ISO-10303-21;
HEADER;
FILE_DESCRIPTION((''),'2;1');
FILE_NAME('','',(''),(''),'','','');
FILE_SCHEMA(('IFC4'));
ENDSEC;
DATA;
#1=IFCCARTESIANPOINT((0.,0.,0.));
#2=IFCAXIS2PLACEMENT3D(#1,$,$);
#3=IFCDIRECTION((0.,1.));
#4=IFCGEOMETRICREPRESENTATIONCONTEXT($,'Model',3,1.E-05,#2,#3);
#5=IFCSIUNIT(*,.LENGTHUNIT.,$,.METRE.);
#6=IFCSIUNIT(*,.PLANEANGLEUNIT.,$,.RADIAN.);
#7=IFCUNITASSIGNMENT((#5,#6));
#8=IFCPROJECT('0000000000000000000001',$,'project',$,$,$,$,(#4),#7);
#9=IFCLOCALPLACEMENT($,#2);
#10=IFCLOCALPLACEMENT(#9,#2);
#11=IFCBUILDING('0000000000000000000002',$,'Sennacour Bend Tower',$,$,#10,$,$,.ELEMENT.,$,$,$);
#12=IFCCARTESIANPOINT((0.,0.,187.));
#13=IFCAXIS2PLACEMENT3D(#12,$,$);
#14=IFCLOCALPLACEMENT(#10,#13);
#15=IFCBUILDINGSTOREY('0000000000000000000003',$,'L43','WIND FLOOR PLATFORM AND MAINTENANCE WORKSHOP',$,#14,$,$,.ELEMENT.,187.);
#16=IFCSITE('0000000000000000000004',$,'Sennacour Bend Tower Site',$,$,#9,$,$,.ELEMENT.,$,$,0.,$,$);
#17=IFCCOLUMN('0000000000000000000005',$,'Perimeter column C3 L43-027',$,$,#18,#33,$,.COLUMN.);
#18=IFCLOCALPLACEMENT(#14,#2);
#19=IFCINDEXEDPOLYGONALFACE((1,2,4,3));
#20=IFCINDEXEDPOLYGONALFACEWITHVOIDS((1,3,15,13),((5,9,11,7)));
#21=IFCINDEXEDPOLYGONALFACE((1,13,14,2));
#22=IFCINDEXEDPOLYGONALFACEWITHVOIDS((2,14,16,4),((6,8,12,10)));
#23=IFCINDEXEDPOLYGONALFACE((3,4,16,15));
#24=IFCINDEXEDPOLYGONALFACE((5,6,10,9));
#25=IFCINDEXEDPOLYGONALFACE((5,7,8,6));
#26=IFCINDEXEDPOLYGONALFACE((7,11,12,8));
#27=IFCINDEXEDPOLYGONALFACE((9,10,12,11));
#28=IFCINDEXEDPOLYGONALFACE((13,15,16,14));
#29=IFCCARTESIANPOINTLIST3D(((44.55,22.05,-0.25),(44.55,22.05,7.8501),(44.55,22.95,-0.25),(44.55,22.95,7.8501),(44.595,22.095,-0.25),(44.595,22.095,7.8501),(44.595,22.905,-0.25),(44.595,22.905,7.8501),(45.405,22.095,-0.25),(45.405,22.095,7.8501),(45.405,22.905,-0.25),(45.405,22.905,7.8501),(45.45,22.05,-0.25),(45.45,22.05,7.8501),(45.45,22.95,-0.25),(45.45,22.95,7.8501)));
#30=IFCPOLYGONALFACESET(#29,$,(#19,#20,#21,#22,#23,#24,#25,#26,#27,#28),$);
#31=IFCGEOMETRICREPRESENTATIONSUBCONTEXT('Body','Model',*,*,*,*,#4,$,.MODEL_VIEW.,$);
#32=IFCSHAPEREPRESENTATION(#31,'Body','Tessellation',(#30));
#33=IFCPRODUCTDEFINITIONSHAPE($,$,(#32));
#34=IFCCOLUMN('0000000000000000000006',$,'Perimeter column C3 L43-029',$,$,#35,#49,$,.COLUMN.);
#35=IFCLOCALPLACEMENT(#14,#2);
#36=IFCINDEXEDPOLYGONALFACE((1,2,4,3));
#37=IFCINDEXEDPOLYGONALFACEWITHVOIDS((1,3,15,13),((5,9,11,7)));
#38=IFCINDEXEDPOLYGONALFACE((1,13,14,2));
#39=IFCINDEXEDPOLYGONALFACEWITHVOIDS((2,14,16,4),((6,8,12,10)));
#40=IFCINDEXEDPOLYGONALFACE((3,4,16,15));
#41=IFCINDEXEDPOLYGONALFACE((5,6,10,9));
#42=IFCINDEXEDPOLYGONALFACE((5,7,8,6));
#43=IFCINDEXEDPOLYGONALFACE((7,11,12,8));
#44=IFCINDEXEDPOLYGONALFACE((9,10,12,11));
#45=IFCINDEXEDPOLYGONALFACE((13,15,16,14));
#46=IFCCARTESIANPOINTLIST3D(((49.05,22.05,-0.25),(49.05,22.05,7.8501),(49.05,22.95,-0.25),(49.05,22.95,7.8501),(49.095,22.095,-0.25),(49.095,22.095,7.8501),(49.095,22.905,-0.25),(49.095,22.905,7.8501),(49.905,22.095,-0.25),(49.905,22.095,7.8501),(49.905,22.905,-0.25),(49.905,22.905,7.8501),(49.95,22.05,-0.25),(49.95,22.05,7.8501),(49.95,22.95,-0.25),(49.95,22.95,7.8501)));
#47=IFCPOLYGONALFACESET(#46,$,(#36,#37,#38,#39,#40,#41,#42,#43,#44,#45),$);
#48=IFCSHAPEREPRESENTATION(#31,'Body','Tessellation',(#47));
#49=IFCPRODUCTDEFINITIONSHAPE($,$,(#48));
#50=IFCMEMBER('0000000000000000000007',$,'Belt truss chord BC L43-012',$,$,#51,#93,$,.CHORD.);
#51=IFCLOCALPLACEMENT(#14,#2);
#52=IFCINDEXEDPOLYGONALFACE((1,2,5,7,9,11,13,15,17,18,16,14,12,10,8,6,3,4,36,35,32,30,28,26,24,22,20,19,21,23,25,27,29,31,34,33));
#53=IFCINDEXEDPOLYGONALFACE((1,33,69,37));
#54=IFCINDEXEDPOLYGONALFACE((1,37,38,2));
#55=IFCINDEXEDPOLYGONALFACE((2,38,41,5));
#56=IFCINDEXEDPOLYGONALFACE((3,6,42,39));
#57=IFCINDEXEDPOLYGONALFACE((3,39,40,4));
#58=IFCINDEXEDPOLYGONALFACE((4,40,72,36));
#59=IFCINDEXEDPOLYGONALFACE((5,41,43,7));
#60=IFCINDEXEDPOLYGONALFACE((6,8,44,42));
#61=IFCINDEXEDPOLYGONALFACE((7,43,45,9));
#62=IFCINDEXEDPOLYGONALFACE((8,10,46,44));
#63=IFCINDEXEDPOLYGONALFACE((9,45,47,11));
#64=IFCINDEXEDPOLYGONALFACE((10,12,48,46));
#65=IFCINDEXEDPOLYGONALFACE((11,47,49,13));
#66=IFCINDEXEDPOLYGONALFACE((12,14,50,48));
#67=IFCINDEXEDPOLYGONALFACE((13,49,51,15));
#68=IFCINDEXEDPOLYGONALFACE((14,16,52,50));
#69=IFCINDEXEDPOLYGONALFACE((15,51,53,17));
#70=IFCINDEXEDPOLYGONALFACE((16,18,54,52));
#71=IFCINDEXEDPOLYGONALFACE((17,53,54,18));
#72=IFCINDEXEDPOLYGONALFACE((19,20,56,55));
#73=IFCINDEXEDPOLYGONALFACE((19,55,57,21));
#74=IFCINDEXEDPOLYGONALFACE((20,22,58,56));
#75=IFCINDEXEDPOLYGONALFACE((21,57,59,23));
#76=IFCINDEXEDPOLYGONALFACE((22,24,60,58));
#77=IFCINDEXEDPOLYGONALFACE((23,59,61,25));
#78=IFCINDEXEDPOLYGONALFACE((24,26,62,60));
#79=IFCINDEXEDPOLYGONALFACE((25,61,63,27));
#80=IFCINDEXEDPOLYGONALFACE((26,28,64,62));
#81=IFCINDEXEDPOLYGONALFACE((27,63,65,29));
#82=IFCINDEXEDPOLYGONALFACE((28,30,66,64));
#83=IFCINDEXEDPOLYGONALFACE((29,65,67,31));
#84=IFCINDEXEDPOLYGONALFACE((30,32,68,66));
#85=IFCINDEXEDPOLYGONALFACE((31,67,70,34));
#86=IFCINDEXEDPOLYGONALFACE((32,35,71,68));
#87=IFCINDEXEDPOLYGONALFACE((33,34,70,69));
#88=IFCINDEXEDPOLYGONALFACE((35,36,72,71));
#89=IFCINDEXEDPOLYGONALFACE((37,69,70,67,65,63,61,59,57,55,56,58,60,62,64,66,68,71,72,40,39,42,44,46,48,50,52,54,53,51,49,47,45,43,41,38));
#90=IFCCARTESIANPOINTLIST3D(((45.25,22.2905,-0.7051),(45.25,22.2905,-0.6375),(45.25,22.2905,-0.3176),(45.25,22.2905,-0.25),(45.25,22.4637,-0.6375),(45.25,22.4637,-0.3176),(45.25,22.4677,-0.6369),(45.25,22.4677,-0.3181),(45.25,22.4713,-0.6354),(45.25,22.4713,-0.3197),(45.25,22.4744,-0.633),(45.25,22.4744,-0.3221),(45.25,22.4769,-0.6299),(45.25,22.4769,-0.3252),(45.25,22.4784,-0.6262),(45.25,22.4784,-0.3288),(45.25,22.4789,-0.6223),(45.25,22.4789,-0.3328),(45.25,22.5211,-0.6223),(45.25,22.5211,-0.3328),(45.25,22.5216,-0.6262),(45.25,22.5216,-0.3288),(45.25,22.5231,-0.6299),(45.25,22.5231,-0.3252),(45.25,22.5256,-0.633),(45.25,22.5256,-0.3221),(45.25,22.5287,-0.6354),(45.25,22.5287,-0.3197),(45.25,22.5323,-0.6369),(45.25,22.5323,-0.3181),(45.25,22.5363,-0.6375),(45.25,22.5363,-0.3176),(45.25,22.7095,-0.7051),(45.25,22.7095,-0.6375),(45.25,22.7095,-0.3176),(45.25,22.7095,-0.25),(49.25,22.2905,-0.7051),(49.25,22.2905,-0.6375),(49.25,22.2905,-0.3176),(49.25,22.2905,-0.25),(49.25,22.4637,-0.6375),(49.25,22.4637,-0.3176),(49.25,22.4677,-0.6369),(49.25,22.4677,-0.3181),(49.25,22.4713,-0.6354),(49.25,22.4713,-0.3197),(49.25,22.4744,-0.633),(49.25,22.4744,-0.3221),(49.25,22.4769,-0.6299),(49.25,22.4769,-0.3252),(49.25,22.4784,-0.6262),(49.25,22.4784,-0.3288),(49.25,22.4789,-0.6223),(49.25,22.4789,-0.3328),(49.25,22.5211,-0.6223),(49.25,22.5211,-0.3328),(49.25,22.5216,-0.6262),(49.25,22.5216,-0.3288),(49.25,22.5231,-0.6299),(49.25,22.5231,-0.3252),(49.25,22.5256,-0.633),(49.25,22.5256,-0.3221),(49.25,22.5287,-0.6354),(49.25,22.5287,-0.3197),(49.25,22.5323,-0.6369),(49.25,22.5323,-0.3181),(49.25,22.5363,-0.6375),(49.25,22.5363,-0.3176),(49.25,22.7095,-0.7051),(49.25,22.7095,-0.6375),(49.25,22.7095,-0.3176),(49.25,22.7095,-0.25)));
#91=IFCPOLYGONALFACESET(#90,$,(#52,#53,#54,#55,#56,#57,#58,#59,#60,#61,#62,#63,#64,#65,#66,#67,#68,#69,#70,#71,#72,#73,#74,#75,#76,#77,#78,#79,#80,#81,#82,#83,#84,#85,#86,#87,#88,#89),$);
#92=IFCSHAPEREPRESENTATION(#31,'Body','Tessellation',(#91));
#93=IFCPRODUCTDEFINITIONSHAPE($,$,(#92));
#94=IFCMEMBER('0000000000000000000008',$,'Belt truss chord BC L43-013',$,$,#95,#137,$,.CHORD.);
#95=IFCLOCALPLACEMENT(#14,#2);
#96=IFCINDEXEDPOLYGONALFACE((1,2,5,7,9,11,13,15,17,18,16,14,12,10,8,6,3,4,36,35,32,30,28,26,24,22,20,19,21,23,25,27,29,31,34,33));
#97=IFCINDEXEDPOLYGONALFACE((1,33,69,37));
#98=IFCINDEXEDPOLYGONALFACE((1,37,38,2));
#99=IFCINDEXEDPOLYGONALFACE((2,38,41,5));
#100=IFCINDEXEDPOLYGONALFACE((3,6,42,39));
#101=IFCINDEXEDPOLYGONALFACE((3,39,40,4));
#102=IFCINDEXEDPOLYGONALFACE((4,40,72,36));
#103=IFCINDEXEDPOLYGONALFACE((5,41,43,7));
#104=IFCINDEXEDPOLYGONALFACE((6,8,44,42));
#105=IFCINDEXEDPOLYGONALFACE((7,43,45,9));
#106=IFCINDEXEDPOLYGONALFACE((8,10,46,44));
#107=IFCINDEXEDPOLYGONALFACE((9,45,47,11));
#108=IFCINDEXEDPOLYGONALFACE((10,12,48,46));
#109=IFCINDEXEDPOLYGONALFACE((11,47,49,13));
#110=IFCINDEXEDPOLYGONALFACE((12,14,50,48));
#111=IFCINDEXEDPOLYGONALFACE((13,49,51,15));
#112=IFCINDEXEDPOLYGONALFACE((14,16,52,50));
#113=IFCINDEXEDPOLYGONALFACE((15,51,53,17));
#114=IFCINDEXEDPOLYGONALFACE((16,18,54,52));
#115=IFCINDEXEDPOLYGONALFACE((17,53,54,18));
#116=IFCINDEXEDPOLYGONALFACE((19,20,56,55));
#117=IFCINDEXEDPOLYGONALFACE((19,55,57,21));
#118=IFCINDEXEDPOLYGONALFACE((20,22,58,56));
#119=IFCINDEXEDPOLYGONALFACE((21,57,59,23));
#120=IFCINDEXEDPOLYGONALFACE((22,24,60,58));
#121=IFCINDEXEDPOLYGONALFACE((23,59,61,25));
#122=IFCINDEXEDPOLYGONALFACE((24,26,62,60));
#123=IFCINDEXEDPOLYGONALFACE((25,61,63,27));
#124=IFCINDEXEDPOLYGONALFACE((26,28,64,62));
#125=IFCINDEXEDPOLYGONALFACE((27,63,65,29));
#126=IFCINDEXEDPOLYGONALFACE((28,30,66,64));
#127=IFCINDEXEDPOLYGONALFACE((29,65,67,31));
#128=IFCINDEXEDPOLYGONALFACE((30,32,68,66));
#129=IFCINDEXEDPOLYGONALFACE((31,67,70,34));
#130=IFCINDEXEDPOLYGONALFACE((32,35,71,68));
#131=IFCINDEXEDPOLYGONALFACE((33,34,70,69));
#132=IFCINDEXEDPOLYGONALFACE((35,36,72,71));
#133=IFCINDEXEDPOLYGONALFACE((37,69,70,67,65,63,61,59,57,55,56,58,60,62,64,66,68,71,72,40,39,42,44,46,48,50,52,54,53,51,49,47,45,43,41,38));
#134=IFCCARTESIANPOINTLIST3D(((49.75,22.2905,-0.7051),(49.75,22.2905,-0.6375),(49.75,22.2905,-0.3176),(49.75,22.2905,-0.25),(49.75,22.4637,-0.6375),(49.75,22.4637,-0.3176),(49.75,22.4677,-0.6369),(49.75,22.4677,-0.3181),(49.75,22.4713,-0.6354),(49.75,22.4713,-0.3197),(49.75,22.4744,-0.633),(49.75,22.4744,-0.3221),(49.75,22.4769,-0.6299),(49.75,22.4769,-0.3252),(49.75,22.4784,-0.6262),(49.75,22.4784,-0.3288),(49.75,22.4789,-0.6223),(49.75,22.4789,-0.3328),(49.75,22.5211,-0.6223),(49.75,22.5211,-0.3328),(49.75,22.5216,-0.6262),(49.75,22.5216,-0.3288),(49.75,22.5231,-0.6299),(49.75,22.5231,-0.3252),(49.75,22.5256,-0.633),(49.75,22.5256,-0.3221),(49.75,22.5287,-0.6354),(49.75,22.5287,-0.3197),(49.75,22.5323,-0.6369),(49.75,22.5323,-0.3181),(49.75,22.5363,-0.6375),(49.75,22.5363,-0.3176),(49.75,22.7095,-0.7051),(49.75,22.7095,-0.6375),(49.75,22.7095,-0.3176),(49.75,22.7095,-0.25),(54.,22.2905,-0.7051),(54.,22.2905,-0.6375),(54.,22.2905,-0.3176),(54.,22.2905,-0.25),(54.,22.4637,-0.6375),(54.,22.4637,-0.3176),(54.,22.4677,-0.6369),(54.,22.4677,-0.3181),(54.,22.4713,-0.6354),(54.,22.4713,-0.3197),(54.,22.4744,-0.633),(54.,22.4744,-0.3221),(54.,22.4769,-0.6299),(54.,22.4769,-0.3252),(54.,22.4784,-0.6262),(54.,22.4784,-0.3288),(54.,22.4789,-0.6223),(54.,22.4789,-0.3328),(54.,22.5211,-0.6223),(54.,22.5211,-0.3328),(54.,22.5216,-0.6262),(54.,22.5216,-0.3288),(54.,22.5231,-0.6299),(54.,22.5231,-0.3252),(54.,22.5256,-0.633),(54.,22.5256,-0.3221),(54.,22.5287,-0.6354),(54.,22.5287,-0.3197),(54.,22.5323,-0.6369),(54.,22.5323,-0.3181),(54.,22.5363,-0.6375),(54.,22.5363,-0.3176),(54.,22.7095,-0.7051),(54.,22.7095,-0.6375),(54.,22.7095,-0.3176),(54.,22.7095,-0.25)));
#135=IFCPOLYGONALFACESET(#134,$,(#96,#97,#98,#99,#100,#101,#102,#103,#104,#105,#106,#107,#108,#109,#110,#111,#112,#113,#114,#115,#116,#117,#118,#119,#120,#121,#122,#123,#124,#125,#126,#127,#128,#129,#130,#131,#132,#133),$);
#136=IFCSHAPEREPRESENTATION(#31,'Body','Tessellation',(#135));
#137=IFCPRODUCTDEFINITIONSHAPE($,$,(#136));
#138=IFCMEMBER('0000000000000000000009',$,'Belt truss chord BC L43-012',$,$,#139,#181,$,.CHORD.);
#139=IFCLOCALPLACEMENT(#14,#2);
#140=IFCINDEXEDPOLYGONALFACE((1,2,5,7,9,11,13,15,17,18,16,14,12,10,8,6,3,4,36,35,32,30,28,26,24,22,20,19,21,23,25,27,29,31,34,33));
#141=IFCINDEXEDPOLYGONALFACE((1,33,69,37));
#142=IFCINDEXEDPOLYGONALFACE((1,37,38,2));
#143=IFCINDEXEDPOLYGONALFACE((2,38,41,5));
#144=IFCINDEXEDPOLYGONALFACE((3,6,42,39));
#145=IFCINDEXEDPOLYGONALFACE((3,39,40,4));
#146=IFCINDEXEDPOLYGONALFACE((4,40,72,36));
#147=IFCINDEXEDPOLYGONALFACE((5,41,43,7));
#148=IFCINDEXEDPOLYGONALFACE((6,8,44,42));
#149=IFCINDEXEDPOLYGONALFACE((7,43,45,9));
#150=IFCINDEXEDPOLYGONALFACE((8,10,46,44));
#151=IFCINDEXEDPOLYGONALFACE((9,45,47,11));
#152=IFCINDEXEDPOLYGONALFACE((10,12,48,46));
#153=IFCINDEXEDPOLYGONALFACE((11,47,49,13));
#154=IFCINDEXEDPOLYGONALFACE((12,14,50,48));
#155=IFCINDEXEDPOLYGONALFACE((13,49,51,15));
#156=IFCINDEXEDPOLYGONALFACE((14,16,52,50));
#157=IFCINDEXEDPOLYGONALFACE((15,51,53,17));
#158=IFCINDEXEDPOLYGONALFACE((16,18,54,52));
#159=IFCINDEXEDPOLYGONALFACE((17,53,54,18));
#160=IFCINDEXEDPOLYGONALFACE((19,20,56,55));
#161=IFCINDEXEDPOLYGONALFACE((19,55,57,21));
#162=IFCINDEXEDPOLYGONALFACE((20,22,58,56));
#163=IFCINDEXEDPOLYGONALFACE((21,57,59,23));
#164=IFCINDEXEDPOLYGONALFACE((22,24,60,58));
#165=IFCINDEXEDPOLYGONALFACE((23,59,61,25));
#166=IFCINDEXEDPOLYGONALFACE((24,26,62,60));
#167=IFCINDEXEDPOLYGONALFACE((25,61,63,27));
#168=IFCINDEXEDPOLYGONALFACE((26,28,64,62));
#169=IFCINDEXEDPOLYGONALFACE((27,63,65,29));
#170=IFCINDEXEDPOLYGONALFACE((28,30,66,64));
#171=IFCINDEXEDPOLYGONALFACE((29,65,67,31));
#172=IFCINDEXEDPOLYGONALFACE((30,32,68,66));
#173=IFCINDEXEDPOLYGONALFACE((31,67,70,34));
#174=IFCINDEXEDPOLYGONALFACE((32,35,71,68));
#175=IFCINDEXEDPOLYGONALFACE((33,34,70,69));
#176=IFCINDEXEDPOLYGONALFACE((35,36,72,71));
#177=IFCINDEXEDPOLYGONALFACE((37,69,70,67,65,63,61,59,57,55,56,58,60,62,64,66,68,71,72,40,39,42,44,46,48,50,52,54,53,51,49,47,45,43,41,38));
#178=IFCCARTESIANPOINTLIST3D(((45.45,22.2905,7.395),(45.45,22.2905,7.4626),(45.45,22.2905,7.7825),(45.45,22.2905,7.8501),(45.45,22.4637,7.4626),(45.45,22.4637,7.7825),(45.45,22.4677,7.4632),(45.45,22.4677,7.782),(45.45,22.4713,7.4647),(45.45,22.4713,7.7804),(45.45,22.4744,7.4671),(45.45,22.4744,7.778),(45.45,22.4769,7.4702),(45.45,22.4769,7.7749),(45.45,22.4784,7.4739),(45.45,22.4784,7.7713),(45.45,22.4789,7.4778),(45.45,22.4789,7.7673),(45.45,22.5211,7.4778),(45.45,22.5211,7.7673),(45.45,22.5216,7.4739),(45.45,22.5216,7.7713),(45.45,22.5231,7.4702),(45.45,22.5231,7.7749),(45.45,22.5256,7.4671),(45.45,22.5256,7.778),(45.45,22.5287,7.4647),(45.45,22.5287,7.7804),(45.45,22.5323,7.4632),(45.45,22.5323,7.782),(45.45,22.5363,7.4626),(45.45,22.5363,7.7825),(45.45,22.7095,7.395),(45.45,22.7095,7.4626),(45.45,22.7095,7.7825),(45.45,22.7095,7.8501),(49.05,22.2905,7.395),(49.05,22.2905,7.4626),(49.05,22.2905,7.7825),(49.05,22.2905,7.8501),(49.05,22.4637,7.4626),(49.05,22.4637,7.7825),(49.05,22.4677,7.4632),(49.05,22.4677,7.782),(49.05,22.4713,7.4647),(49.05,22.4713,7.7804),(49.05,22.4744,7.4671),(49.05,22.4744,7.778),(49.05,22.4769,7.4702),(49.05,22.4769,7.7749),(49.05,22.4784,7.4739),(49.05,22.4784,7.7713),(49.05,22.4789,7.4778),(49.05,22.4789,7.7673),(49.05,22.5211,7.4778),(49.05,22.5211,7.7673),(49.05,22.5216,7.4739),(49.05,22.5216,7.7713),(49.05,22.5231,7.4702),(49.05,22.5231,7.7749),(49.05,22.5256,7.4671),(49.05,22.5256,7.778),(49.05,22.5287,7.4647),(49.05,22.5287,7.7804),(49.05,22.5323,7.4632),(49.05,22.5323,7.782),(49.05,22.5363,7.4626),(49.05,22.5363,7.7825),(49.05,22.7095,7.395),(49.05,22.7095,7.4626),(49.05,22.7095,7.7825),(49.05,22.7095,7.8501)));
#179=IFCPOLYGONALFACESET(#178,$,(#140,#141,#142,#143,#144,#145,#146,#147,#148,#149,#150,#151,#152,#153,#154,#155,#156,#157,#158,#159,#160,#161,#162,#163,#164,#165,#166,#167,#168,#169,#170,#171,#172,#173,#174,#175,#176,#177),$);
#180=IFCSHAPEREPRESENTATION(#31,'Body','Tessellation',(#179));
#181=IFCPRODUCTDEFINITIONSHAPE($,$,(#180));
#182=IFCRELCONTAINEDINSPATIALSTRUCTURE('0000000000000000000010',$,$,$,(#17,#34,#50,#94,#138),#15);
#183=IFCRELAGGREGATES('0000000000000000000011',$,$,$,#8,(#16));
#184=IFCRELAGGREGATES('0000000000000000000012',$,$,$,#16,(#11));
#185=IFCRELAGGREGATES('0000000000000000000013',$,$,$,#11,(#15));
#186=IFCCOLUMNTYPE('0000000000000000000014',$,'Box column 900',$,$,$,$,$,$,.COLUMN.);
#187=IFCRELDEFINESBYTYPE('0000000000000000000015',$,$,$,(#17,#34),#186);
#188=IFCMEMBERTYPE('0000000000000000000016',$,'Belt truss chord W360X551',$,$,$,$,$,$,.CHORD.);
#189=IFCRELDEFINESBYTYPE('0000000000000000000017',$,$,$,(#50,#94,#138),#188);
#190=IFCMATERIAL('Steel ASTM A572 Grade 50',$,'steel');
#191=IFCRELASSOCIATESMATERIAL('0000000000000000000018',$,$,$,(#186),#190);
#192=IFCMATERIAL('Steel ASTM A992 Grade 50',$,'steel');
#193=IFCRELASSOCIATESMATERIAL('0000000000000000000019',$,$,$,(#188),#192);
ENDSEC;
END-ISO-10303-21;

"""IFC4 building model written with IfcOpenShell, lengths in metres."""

from ifc_helpers import new_model, si_unit, direction, frame, origin, origin_2d, place, context, subcontext, project, spatial, hollow_rectangle, i_section, extrude, material, material_profile, profile_set, type_object, element, save


model = new_model("IFC4")

# Units and contexts
model_context = context("Model", 3, precision=1e-05, world=origin(), true_north=direction((0.0, 1.0)))
body_context = subcontext(model_context, "Body", "Model", "MODEL_VIEW")
ifc_project = project(units=[si_unit("LENGTHUNIT", "METRE"), si_unit("PLANEANGLEUNIT", "RADIAN")], contexts=[model_context])

# Site, building, storey
site_placement = place(None, origin())
site = spatial("IfcSite", under=ifc_project, at=site_placement, Name="Sennacour Bend Tower Site", CompositionType="ELEMENT", RefElevation=0.0)
building_placement = place(site_placement, origin())
building = spatial("IfcBuilding", under=site, at=building_placement, Name="Sennacour Bend Tower", CompositionType="ELEMENT")
storey_placement = place(building_placement, frame((0.0, 0.0, 187.0)))
storey = spatial("IfcBuildingStorey", under=building, at=storey_placement, Name="L43", Description="WIND FLOOR PLATFORM AND MAINTENANCE WORKSHOP", CompositionType="ELEMENT", Elevation=187.0)

# Columns
ifc_material_1 = material(Name="Steel ASTM A572 Grade 50", Category="steel")
ifc_material_profile_1 = material_profile(ifc_material_1, hollow_rectangle(XDim=0.8999, YDim=0.8999, WallThickness=0.0449, at=origin_2d()), Name="Steel ASTM A572 Grade 50", Category="steel")
ifc_profile_set_1 = profile_set([ifc_material_profile_1], Name="Steel ASTM A572 Grade 50")
column_type = type_object("IfcColumnType", Name="Box column 900", PredefinedType="COLUMN", material=ifc_profile_set_1)
for number, where, z_axis, x_axis, name in (
    (1, (45.0, 22.5, -0.25), (0.0, 0.0, 1.0), (1.0, 0.0, 0.0), "Perimeter column C3 L43-027"),
    (2, (49.5, 22.5, -0.25), (0.0, 0.0, 1.0), (1.0, 0.0, 0.0), "Perimeter column C3 L43-029"),
):
    element("IfcColumn", number, at=place(storey_placement, frame(where, z_axis=z_axis, x_axis=x_axis)), inside=storey, type_object=column_type, Name=name, PredefinedType="COLUMN", context=body_context, shape_type="SweptSolid", body=[
        extrude(hollow_rectangle(XDim=0.8999, YDim=0.8999, WallThickness=0.0449, at=origin_2d()), origin(), (0.0, 0.0, 1.0), 8.1001),
    ])

# Members
ifc_material_2 = material(Name="Steel ASTM A992 Grade 50", Category="steel")
ifc_material_profile_2 = material_profile(ifc_material_2, i_section(OverallWidth=0.4189, OverallDepth=0.4551, WebThickness=0.0422, FlangeThickness=0.0676, FilletRadius=0.0151, at=origin_2d()), Name="Steel ASTM A992 Grade 50", Category="steel")
ifc_profile_set_2 = profile_set([ifc_material_profile_2], Name="Steel ASTM A992 Grade 50")
member_type_1 = type_object("IfcMemberType", Name="Belt truss chord W360X551", PredefinedType="CHORD", material=ifc_profile_set_2)
member_1_placement = place(storey_placement, frame((45.25, 22.5, -0.4775), z_axis=(1.0, 0.0, 0.0), x_axis=(0.0, 1.0, 0.0)))
element("IfcMember", 3, at=member_1_placement, inside=storey, type_object=member_type_1, Name="Belt truss chord BC L43-012", PredefinedType="CHORD", context=body_context, shape_type="SweptSolid", body=[
    extrude(i_section(OverallWidth=0.4189, OverallDepth=0.4551, WebThickness=0.0422, FlangeThickness=0.0676, FilletRadius=0.0151, at=origin_2d()), origin(), (0.0, 0.0, 1.0), 4.0),
])
member_2_placement = place(storey_placement, frame((49.75, 22.5, -0.4775), z_axis=(1.0, 0.0, 0.0), x_axis=(0.0, 1.0, 0.0)))
element("IfcMember", 4, at=member_2_placement, inside=storey, type_object=member_type_1, Name="Belt truss chord BC L43-013", PredefinedType="CHORD", context=body_context, shape_type="SweptSolid", body=[
    extrude(i_section(OverallWidth=0.4189, OverallDepth=0.4551, WebThickness=0.0422, FlangeThickness=0.0676, FilletRadius=0.0151, at=origin_2d()), origin(), (0.0, 0.0, 1.0), 4.25),
])
member_3_placement = place(storey_placement, frame((45.45, 22.5, 7.6226), z_axis=(1.0, 0.0, 0.0), x_axis=(0.0, 1.0, 0.0)))
element("IfcMember", 5, at=member_3_placement, inside=storey, type_object=member_type_1, Name="Belt truss chord BC L43-012", PredefinedType="CHORD", context=body_context, shape_type="SweptSolid", body=[
    extrude(i_section(OverallWidth=0.4189, OverallDepth=0.4551, WebThickness=0.0422, FlangeThickness=0.0676, FilletRadius=0.0151, at=origin_2d()), origin(), (0.0, 0.0, 1.0), 3.6001),
])

save(model, "model.ifc")
